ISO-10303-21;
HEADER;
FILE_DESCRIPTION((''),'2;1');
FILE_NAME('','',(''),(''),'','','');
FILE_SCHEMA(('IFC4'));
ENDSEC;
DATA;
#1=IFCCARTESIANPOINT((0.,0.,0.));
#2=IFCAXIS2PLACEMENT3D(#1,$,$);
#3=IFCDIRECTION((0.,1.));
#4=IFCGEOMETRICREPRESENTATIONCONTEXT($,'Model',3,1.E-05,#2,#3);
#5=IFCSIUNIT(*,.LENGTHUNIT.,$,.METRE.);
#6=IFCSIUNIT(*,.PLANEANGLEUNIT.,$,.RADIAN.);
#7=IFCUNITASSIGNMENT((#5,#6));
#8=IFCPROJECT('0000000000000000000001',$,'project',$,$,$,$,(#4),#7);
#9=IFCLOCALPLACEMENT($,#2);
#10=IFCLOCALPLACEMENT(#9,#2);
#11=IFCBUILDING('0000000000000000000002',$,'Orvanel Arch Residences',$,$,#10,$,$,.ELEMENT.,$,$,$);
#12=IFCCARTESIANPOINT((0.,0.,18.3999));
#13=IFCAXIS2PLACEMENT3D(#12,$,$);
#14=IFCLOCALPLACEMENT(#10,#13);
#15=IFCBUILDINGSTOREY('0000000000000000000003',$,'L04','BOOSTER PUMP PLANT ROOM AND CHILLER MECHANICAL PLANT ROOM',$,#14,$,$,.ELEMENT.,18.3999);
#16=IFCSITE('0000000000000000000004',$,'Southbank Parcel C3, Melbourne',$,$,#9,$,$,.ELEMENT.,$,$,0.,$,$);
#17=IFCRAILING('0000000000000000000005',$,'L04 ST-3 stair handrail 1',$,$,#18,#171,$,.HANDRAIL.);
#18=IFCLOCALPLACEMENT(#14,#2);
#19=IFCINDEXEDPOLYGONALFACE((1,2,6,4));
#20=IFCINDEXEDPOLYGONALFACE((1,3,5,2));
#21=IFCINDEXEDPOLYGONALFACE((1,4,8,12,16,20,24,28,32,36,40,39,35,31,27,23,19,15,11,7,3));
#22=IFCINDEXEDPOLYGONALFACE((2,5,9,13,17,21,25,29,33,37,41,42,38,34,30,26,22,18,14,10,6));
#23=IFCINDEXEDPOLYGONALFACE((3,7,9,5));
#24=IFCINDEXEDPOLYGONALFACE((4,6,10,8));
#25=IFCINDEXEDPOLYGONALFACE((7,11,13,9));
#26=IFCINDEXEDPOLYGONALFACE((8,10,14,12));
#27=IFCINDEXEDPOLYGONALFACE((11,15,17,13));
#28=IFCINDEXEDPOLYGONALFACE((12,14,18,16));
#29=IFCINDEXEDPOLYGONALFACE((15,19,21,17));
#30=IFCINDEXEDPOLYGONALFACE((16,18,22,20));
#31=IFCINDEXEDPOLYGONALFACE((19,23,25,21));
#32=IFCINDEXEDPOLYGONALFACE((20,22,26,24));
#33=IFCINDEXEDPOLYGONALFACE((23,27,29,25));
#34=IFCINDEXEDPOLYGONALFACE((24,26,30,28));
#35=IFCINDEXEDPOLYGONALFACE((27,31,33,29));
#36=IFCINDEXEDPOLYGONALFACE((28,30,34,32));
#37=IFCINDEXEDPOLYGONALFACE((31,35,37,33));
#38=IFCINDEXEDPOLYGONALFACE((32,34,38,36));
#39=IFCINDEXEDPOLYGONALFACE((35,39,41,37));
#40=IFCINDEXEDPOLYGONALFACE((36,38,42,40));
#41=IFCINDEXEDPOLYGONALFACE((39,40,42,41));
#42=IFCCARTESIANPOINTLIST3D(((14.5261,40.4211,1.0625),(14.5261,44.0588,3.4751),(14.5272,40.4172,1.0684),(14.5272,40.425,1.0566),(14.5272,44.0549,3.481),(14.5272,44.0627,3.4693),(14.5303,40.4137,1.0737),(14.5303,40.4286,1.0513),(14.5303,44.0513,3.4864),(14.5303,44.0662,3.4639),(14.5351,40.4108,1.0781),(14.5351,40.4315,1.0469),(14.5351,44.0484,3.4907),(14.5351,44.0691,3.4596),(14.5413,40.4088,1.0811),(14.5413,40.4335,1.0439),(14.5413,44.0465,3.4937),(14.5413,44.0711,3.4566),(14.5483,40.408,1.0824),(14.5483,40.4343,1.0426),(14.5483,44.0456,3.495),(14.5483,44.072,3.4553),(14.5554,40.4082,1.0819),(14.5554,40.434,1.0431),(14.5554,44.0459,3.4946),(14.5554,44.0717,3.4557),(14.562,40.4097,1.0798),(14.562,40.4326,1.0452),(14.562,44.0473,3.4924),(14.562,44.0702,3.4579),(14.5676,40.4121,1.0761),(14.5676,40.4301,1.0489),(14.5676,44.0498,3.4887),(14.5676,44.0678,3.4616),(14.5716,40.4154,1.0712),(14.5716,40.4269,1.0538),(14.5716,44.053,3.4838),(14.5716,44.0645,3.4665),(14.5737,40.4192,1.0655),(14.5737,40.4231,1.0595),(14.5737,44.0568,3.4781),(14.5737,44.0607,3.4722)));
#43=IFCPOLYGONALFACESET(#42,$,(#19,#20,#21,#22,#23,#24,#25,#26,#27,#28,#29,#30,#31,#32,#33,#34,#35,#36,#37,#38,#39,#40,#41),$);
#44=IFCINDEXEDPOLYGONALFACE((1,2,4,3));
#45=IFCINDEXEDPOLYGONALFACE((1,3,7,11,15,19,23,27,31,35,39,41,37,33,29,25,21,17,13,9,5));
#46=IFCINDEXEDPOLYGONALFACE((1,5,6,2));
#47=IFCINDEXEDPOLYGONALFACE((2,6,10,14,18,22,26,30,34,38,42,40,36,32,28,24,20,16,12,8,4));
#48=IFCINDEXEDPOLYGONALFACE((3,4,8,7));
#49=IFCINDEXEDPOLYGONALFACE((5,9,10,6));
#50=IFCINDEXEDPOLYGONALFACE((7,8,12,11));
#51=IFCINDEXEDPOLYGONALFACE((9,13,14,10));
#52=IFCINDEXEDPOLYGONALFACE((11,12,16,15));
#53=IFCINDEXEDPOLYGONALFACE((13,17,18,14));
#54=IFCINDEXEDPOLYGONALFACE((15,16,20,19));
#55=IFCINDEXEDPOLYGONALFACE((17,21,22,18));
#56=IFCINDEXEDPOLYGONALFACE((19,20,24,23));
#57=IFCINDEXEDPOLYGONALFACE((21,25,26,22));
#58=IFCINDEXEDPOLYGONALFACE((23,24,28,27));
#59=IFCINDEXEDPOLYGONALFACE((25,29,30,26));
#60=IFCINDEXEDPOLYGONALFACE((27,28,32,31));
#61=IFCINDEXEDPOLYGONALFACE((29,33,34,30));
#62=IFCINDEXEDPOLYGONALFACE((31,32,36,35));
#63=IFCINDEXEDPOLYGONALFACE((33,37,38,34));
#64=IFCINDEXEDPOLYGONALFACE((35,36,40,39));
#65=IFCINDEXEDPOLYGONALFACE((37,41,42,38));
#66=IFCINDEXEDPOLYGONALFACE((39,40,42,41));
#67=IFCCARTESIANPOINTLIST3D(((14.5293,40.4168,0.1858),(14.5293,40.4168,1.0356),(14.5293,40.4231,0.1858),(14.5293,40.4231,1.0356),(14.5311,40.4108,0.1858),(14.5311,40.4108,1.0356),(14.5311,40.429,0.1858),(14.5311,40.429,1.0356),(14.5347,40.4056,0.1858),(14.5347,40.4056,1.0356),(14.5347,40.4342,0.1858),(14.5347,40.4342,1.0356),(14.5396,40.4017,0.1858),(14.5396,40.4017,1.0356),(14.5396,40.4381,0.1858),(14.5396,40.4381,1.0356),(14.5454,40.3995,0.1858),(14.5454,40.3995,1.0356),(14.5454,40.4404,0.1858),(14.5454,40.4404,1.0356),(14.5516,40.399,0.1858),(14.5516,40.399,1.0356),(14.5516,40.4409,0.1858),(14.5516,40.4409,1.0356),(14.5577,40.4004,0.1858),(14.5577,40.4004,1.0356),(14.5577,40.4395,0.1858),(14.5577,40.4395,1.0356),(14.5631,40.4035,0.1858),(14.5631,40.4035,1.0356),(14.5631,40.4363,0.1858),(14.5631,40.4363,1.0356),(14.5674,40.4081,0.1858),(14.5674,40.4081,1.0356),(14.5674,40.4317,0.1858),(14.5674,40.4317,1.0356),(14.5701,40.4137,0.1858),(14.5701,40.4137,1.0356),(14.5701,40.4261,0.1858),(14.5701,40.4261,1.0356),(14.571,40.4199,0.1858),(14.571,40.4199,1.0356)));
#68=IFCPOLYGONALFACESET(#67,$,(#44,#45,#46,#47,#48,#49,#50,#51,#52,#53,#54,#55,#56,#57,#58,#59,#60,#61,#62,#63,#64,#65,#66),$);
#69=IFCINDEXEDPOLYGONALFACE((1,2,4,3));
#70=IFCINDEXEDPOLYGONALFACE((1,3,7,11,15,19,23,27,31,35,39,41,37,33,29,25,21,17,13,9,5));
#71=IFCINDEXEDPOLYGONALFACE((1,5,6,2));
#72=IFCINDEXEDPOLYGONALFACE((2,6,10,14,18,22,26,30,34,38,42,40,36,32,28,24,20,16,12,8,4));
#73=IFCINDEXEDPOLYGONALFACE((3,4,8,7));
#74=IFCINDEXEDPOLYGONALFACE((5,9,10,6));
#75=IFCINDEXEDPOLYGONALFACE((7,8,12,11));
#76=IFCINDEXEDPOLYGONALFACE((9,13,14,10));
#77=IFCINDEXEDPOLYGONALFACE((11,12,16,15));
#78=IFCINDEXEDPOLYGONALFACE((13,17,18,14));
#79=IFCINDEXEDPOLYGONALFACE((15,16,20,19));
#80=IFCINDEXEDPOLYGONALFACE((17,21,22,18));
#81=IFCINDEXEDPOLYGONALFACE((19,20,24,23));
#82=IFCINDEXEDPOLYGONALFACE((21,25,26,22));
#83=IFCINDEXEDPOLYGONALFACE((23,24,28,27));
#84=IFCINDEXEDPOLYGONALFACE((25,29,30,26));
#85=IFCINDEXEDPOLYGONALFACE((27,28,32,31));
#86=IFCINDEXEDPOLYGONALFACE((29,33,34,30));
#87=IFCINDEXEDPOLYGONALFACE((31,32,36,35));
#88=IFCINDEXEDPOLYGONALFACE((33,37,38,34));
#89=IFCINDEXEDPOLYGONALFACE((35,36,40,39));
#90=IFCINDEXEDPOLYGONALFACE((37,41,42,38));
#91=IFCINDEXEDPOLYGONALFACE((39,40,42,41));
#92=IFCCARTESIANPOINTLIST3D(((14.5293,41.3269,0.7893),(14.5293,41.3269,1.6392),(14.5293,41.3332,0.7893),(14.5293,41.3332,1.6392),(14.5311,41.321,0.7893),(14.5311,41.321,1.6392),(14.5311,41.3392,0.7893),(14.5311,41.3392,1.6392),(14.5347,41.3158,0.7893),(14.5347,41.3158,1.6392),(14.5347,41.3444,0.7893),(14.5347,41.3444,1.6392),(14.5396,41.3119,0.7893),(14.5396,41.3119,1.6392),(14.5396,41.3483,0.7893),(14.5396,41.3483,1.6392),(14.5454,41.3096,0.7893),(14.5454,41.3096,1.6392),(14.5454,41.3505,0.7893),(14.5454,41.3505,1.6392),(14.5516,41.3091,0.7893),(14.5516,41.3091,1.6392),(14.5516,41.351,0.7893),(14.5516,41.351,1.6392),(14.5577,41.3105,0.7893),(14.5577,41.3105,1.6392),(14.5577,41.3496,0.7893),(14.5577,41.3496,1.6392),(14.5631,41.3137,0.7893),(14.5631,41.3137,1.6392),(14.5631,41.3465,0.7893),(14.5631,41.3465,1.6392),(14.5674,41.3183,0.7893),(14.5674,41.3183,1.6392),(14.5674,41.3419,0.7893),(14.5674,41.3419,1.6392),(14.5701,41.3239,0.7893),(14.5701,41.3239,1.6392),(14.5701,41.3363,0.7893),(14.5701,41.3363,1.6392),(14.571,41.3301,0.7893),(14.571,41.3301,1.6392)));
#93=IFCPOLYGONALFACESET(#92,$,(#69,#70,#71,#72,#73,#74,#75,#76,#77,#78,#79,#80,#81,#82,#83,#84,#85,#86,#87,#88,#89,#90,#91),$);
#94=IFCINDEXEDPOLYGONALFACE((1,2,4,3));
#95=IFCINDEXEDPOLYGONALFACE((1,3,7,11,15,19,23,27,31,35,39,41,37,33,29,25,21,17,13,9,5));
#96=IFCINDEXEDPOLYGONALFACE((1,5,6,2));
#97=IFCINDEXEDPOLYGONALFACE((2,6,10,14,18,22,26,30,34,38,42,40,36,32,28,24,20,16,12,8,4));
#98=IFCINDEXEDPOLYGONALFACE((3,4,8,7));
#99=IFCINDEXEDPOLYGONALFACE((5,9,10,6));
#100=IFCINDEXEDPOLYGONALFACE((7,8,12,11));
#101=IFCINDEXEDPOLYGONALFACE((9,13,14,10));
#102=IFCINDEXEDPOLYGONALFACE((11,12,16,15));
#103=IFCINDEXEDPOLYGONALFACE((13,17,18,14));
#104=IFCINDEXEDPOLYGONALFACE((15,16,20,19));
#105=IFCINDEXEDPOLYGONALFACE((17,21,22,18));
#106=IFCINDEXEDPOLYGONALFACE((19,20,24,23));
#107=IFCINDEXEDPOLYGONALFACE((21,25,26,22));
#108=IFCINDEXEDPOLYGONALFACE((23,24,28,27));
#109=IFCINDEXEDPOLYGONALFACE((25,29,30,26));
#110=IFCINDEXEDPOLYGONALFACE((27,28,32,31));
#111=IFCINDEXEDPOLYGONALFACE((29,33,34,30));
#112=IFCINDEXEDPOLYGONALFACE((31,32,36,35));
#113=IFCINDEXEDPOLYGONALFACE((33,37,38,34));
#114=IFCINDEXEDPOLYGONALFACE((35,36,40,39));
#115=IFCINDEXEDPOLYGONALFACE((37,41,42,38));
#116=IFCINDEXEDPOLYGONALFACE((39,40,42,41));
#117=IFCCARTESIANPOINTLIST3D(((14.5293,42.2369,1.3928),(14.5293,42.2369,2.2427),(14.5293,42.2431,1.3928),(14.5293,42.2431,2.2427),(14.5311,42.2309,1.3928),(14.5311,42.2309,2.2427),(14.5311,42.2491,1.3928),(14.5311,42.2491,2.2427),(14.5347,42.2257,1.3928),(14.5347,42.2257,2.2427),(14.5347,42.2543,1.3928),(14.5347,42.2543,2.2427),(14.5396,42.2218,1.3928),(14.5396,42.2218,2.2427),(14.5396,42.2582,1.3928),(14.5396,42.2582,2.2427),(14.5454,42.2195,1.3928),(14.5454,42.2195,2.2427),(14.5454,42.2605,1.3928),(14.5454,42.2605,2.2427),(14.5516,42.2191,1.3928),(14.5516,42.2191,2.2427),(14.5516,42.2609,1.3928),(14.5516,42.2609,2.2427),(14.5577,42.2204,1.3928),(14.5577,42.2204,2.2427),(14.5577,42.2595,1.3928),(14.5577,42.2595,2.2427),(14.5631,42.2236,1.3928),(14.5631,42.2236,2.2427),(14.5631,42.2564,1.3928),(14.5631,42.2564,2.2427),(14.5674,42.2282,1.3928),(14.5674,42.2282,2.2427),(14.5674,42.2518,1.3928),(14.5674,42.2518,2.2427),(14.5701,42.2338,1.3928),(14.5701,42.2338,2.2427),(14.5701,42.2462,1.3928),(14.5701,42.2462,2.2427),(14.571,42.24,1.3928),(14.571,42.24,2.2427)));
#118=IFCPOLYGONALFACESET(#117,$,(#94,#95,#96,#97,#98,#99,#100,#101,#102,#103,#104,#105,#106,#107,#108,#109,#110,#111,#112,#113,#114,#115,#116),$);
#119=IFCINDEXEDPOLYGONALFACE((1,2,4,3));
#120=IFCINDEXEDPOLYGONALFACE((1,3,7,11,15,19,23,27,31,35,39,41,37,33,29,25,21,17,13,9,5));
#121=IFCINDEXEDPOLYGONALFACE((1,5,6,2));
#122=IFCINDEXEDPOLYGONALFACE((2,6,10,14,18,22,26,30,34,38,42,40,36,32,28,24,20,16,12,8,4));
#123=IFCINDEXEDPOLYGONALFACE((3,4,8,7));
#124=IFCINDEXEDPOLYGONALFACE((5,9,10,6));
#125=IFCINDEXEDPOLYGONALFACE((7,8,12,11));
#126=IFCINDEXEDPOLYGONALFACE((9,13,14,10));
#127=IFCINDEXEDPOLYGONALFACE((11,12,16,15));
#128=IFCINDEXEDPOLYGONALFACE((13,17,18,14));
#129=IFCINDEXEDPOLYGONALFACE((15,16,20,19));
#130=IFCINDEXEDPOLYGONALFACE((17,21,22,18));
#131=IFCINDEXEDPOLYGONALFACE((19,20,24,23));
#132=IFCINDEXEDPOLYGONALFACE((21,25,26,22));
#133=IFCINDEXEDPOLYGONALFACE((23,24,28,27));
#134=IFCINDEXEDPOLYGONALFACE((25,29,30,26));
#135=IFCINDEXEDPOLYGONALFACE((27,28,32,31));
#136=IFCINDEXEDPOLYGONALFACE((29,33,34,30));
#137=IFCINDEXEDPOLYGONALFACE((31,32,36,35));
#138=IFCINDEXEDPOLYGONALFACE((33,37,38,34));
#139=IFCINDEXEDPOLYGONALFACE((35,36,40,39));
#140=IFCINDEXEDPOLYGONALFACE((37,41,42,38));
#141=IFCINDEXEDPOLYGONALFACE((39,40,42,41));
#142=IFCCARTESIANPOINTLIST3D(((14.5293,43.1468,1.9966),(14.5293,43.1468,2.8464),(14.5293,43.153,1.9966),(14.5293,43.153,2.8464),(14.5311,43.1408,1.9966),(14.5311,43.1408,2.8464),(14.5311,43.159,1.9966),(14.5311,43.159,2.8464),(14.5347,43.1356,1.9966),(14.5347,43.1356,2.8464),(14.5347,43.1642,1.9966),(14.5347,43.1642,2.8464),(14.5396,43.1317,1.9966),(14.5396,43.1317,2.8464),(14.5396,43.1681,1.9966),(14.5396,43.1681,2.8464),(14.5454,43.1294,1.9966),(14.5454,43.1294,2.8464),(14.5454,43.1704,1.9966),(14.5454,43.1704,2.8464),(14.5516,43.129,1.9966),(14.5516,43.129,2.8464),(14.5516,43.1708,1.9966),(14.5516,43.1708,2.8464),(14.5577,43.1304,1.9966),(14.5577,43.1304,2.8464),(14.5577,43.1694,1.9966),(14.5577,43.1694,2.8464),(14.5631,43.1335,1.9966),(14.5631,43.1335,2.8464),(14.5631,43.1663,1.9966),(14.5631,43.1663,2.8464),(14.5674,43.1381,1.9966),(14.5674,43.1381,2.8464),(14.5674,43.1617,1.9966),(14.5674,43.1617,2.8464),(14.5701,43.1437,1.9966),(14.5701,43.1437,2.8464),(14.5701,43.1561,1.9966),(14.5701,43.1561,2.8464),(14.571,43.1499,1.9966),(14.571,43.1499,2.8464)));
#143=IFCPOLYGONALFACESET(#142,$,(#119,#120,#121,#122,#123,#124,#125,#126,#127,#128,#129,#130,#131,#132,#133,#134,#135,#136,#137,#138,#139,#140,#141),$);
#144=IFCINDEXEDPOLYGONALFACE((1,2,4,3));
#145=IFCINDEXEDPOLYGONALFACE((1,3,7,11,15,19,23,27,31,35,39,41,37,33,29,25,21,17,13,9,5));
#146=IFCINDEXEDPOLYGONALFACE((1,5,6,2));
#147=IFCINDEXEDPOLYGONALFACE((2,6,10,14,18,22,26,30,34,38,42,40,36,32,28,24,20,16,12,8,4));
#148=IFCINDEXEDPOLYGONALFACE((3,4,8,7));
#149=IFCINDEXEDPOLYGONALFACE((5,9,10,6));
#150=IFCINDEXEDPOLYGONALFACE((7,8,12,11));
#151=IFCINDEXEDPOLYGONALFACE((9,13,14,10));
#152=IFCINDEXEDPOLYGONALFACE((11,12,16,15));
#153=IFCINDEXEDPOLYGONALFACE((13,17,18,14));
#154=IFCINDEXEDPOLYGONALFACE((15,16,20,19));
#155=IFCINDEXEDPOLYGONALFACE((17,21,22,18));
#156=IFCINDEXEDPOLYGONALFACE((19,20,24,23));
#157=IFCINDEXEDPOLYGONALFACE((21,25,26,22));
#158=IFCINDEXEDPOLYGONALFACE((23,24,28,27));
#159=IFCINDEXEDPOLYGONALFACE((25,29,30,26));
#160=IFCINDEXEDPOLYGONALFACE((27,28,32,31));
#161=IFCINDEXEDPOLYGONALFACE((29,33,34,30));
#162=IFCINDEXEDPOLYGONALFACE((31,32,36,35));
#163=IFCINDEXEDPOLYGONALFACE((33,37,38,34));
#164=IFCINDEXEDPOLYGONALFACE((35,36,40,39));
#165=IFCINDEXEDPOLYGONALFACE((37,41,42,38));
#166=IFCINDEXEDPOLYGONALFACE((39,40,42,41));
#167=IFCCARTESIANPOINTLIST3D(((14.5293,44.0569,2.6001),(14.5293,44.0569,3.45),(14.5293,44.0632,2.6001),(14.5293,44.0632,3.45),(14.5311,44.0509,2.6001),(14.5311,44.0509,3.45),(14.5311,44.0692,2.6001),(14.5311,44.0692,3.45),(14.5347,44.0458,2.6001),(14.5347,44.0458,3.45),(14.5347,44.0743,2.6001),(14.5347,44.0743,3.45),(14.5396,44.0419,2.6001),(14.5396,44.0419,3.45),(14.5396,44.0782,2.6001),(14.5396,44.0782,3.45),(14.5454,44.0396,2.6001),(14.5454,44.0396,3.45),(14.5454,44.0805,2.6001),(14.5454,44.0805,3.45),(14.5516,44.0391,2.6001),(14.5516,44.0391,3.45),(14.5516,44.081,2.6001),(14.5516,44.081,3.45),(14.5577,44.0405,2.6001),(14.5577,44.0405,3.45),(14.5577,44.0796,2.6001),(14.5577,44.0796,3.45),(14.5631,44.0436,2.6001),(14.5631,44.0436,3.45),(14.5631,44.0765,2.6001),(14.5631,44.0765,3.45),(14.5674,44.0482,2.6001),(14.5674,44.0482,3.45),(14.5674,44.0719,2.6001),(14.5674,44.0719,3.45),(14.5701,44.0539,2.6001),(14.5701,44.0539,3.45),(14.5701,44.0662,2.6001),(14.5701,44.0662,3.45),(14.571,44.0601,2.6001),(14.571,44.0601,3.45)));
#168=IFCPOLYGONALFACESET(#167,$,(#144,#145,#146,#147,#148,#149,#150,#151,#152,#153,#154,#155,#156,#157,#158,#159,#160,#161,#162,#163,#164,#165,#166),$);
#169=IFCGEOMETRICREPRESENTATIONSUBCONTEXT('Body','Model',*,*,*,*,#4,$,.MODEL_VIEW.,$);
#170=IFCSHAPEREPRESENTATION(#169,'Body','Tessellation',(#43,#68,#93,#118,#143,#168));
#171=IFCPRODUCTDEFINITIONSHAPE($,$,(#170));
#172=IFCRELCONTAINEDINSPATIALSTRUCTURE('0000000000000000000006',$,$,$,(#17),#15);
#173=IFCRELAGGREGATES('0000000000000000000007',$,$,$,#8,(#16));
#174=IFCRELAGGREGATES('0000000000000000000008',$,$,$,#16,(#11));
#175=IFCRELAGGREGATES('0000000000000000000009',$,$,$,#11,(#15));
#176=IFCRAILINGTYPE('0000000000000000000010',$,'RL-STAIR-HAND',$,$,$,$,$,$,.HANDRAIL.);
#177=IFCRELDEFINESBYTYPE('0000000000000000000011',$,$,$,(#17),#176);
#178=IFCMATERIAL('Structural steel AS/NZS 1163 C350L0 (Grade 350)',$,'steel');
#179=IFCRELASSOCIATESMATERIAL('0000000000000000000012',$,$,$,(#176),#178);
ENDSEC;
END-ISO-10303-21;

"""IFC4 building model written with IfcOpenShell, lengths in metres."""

from ifc_helpers import new_model, si_unit, direction, frame, origin, origin_2d, place, context, subcontext, project, spatial, circle, extrude, material, type_object, element, save


model = new_model("IFC4")

# Units and contexts
model_context = context("Model", 3, precision=1e-05, world=origin(), true_north=direction((0.0, 1.0)))
body_context = subcontext(model_context, "Body", "Model", "MODEL_VIEW")
ifc_project = project(units=[si_unit("LENGTHUNIT", "METRE"), si_unit("PLANEANGLEUNIT", "RADIAN")], contexts=[model_context])

# Site, building, storey
site_placement = place(None, origin())
site = spatial("IfcSite", under=ifc_project, at=site_placement, Name="Southbank Parcel C3, Melbourne", CompositionType="ELEMENT", RefElevation=0.0)
building_placement = place(site_placement, origin())
building = spatial("IfcBuilding", under=site, at=building_placement, Name="Orvanel Arch Residences", CompositionType="ELEMENT")
storey_placement = place(building_placement, frame((0.0, 0.0, 18.3999)))
storey = spatial("IfcBuildingStorey", under=building, at=storey_placement, Name="L04", Description="BOOSTER PUMP PLANT ROOM AND CHILLER MECHANICAL PLANT ROOM", CompositionType="ELEMENT", Elevation=18.3999)

# Railing
ifc_material_1 = material(Name="Structural steel AS/NZS 1163 C350L0 (Grade 350)", Category="steel")
railing_type_1 = type_object("IfcRailingType", Name="RL-STAIR-HAND", PredefinedType="HANDRAIL", material=ifc_material_1)
railing_1_placement = place(storey_placement, frame((14.55, 40.4199, 0.1858)))
element("IfcRailing", 1, at=railing_1_placement, inside=storey, type_object=railing_type_1, Name="L04 ST-3 stair handrail 1", PredefinedType="HANDRAIL", context=body_context, shape_type="SweptSolid", body=[
    extrude(circle(Radius=0.0239, at=origin_2d()), frame((0.0, 0.0012, 0.8767), z_axis=(0.0, 0.833364, 0.552725), x_axis=(-1.0, 0.0, 0.0)), (0.0, 0.0, 1.0), 4.365),
    extrude(circle(Radius=0.021, at=origin_2d()), origin(), (0.0, 0.0, 1.0), 0.8499),
    extrude(circle(Radius=0.021, at=origin_2d()), frame((0.0, 0.9102, 0.6035)), (0.0, 0.0, 1.0), 0.8499),
    extrude(circle(Radius=0.021, at=origin_2d()), frame((0.0, 1.8201, 1.207)), (0.0, 0.0, 1.0), 0.8499),
    extrude(circle(Radius=0.021, at=origin_2d()), frame((0.0, 2.73, 1.8108)), (0.0, 0.0, 1.0), 0.8499),
    extrude(circle(Radius=0.021, at=origin_2d()), frame((0.0, 3.6401, 2.4143)), (0.0, 0.0, 1.0), 0.8499),
])

save(model, "model.ifc")
